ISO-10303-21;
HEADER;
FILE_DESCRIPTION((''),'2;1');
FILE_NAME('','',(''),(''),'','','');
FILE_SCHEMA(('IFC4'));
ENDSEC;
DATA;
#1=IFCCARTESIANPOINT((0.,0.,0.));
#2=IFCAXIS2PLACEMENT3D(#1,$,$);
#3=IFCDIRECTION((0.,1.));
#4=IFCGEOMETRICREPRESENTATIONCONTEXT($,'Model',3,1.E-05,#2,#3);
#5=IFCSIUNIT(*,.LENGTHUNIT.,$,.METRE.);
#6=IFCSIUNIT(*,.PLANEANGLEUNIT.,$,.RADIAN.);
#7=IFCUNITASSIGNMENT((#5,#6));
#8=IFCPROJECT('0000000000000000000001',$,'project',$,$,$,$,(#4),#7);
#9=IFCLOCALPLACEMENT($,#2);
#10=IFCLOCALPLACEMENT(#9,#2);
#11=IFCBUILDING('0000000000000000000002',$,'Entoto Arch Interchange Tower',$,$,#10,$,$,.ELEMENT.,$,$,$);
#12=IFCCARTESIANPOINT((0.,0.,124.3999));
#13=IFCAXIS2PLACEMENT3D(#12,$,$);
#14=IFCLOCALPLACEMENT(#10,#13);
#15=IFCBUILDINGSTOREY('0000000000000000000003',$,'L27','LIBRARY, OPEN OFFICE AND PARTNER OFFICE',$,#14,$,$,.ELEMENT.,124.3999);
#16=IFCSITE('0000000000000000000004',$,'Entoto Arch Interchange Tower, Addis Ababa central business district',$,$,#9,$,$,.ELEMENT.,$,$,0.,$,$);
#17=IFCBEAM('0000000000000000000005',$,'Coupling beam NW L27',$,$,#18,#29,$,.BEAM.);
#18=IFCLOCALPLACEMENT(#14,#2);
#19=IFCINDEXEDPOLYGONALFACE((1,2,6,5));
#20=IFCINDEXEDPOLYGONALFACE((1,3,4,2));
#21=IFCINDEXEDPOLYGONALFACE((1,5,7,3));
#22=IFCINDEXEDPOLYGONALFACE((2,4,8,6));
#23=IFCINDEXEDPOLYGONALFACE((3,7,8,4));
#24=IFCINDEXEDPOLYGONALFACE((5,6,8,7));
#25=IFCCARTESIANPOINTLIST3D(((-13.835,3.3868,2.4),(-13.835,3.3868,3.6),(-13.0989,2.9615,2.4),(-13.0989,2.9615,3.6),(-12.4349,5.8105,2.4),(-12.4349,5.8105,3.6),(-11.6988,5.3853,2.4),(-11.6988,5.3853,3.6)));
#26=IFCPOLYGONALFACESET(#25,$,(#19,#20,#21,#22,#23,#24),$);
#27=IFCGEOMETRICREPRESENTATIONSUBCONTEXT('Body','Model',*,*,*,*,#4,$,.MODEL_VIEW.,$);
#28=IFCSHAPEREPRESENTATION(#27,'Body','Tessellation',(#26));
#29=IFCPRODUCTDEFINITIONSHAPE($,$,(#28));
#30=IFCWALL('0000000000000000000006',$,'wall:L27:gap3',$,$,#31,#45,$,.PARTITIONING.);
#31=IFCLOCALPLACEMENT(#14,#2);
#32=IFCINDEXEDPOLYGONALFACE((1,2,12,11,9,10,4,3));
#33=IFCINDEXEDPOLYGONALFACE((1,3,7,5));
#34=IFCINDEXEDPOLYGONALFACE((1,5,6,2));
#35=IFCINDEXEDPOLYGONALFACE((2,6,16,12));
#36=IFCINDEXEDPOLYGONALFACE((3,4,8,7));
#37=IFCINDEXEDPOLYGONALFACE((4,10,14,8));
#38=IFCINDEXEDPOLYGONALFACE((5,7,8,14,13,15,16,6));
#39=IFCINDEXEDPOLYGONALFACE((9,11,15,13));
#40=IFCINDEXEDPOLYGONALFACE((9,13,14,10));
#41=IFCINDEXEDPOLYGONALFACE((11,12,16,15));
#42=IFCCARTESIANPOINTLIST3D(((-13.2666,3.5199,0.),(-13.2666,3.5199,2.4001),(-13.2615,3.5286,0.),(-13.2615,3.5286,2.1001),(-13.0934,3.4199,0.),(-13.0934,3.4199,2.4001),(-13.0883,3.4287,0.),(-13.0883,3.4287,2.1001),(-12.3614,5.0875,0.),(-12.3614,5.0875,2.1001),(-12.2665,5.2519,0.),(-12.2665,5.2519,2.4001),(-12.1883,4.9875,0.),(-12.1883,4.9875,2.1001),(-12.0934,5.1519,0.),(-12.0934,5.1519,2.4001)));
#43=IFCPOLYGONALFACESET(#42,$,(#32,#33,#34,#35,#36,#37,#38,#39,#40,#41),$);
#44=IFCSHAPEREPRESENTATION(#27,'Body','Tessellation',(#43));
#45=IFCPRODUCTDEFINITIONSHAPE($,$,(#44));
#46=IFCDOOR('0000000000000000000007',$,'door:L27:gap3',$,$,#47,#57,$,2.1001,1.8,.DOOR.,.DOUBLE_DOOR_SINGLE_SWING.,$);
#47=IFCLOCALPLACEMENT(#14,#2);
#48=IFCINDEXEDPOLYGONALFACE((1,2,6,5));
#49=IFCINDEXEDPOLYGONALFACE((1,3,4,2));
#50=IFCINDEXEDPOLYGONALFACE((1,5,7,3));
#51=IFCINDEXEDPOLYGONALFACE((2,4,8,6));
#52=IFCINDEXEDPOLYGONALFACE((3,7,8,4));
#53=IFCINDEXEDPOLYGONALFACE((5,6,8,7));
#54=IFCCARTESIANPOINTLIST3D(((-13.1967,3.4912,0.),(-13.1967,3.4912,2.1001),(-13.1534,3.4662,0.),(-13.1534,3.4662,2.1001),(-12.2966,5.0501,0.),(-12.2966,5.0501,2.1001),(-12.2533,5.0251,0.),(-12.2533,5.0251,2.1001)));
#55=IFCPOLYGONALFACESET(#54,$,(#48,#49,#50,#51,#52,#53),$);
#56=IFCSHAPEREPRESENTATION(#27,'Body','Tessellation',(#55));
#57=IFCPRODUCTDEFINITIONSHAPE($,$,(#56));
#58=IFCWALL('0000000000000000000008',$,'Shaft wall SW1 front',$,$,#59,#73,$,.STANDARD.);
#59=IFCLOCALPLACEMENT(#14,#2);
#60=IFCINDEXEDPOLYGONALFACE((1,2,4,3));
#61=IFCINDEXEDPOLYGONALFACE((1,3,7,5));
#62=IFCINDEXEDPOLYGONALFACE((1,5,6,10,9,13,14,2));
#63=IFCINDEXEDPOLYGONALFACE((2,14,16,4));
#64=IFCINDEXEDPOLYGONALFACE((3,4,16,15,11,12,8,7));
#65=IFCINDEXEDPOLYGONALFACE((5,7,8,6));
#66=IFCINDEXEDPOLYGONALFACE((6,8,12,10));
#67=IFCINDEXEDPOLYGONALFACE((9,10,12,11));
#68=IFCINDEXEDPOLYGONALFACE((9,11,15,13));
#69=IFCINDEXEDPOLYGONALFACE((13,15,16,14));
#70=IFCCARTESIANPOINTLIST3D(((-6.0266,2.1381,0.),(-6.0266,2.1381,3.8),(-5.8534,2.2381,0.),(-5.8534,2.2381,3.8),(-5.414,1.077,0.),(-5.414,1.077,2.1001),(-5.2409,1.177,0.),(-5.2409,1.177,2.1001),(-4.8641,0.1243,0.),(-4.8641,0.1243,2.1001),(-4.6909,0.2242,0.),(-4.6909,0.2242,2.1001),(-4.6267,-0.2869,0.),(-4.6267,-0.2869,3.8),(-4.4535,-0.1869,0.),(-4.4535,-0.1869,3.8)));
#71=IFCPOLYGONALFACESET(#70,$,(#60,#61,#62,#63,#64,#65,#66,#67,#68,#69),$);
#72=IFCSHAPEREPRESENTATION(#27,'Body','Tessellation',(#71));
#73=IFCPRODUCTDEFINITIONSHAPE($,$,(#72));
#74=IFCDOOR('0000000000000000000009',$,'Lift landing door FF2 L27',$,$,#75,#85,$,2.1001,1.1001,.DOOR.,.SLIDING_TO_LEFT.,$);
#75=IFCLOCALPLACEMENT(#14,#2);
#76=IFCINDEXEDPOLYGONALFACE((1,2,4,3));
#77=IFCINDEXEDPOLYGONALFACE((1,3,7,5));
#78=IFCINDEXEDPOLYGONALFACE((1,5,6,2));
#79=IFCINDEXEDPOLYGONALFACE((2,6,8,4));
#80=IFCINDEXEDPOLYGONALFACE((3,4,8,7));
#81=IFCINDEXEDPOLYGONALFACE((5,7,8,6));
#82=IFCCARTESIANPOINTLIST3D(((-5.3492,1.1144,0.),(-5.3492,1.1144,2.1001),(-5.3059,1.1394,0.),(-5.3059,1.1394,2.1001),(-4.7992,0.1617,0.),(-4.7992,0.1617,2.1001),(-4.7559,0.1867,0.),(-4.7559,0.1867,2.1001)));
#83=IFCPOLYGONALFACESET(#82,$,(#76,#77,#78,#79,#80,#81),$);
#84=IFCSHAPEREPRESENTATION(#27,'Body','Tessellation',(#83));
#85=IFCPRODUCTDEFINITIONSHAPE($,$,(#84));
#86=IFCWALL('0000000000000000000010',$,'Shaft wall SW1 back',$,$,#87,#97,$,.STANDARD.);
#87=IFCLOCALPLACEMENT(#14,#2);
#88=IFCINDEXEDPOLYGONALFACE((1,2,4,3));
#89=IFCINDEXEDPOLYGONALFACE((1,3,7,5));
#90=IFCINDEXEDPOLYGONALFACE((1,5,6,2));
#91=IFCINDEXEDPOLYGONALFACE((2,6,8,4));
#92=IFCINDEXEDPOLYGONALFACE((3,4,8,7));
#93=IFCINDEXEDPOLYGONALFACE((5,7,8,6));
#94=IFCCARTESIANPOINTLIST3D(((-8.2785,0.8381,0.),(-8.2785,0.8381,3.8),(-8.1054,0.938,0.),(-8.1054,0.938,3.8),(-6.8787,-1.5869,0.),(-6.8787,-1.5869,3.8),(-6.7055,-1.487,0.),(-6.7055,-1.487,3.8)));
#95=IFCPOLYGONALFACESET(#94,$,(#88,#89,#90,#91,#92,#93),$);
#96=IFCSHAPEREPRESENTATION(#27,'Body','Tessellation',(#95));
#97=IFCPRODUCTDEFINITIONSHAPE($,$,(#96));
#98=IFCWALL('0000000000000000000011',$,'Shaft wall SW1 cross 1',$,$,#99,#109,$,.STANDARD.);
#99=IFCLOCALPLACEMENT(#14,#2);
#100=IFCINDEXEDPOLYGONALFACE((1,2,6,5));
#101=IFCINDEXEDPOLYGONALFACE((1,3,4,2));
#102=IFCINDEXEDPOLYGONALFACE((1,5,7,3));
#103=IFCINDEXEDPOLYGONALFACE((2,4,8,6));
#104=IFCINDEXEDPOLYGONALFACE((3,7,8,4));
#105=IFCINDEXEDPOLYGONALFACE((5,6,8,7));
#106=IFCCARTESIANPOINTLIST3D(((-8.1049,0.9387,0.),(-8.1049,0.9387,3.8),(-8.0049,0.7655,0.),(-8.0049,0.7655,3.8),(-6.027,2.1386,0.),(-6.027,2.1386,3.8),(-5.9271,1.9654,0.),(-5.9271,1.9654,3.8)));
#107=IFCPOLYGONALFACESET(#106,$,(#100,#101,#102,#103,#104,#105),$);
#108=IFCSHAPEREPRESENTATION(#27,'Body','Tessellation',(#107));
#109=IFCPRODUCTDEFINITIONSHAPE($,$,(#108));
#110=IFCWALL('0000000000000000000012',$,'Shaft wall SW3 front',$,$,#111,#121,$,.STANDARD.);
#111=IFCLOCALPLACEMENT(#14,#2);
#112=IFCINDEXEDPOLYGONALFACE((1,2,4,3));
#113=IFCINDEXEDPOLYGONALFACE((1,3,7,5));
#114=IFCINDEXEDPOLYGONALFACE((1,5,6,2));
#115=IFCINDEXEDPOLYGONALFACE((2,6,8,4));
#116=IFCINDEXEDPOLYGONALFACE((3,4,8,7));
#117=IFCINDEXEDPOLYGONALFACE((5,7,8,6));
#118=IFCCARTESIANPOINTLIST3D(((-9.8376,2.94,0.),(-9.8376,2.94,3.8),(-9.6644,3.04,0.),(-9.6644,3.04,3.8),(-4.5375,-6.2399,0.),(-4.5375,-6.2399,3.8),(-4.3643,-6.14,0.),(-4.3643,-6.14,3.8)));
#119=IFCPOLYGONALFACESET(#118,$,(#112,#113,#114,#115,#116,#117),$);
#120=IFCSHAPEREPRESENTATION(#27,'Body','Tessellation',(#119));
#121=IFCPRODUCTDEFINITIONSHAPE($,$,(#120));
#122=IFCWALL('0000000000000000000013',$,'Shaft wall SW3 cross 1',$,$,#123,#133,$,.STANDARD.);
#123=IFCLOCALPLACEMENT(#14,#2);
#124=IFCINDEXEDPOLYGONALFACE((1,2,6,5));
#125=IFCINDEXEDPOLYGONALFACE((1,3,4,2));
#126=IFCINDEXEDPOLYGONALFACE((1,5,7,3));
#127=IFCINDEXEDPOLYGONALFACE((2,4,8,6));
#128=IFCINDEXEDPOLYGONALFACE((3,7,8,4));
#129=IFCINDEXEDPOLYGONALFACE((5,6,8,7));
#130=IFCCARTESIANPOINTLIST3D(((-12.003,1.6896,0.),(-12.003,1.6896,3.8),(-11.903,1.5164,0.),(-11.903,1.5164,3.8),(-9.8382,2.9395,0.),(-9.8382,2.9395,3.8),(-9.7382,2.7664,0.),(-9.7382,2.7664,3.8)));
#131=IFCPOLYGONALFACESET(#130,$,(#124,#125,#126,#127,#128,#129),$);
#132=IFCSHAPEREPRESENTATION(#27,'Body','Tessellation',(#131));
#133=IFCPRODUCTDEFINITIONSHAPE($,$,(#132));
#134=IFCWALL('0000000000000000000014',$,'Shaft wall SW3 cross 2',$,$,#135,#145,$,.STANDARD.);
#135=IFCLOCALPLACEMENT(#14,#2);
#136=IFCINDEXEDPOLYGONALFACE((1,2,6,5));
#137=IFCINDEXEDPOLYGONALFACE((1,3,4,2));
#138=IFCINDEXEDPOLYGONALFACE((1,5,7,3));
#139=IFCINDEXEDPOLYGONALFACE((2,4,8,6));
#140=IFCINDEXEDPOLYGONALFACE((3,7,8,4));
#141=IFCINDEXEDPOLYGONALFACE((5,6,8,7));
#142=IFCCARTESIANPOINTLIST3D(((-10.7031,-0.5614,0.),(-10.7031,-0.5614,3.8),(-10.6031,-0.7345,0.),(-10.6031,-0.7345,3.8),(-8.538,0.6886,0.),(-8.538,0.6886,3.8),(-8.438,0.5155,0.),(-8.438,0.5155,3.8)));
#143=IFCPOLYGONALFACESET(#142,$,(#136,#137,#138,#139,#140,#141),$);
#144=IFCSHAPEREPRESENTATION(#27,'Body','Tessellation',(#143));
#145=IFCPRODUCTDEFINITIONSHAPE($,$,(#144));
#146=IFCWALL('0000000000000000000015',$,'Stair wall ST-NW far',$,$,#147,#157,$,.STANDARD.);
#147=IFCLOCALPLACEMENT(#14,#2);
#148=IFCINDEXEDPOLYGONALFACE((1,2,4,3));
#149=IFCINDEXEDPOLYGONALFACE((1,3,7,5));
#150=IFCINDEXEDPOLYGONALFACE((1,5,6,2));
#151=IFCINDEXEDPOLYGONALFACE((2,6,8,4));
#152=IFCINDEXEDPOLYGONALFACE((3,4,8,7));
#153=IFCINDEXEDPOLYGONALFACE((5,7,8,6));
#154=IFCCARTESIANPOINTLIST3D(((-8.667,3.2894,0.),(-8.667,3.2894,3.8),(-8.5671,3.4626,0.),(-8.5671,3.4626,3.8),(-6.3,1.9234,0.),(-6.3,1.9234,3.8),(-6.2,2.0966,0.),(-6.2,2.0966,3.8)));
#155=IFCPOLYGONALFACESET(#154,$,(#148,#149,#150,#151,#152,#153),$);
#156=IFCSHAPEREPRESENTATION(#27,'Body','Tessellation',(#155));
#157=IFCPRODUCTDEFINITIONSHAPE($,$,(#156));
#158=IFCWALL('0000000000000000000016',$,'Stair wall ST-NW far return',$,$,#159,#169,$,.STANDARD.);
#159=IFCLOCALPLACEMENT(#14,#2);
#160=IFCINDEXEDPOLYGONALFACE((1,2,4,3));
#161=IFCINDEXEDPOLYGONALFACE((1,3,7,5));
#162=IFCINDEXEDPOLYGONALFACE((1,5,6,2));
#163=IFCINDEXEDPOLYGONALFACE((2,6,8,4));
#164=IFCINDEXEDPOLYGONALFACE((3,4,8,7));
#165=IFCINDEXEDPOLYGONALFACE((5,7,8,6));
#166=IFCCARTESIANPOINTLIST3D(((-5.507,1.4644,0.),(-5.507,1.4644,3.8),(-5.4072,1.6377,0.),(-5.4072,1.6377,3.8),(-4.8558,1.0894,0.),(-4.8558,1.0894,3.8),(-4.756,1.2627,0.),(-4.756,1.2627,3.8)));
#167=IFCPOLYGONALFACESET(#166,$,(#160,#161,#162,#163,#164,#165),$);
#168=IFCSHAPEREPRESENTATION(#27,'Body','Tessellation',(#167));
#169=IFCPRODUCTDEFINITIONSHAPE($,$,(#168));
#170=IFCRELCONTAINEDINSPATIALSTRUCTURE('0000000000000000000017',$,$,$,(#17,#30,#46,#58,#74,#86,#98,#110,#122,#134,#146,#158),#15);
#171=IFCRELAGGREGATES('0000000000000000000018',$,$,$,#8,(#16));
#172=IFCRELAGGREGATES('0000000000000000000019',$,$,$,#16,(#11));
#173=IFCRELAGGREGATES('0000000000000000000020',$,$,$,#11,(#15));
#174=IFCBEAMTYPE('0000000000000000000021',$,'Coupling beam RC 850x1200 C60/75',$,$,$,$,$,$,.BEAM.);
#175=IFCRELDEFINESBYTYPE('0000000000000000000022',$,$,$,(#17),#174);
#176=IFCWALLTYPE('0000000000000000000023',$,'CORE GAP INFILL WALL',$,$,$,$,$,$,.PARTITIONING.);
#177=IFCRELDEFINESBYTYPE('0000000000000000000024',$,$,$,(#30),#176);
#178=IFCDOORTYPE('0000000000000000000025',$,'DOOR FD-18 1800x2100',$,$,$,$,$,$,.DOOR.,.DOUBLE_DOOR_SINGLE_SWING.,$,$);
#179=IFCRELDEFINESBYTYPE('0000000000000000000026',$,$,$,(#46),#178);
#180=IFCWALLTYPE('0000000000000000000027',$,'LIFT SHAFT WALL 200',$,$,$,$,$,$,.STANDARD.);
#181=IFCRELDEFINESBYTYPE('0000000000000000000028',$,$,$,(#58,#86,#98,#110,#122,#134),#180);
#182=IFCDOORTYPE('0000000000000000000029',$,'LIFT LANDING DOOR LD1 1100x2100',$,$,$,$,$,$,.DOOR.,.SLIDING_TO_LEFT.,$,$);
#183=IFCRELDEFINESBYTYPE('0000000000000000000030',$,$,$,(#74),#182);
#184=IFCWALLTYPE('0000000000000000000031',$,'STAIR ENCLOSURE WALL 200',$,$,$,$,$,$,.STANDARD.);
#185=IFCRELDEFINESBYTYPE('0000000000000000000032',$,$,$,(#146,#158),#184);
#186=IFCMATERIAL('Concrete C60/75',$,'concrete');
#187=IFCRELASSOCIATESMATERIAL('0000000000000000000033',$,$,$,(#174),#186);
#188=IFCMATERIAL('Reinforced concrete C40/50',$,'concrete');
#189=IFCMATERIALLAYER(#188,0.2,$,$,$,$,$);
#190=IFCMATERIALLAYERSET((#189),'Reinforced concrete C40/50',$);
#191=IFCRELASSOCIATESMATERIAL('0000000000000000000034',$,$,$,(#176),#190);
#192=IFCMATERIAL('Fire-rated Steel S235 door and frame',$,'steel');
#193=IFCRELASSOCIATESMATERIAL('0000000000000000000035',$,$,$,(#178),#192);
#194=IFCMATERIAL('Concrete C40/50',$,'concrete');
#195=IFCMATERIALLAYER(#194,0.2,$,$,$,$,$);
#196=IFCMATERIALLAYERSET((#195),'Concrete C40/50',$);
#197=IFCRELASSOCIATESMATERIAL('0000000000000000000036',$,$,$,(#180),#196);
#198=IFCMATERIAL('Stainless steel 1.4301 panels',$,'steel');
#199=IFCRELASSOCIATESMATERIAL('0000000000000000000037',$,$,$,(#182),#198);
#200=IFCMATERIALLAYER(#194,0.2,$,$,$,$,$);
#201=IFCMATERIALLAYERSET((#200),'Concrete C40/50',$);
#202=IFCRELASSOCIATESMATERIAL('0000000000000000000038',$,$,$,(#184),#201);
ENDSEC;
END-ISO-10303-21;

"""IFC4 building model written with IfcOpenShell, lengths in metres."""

from ifc_helpers import new_model, si_unit, direction, frame, frame_2d, origin, origin_2d, place, context, subcontext, project, spatial, rectangle, extrude, material, layer, layer_set, material_profile, profile_set, type_object, element, fill, save


model = new_model("IFC4")

# Units and contexts
model_context = context("Model", 3, precision=1e-05, world=origin(), true_north=direction((0.0, 1.0)))
body_context = subcontext(model_context, "Body", "Model", "MODEL_VIEW")
ifc_project = project(units=[si_unit("LENGTHUNIT", "METRE"), si_unit("PLANEANGLEUNIT", "RADIAN")], contexts=[model_context])

# Site, building, storey
site_placement = place(None, origin())
site = spatial("IfcSite", under=ifc_project, at=site_placement, Name="Entoto Arch Interchange Tower, Addis Ababa central business district", CompositionType="ELEMENT", RefElevation=0.0)
building_placement = place(site_placement, origin())
building = spatial("IfcBuilding", under=site, at=building_placement, Name="Entoto Arch Interchange Tower", CompositionType="ELEMENT")
storey_placement = place(building_placement, frame((0.0, 0.0, 124.3999)))
storey = spatial("IfcBuildingStorey", under=building, at=storey_placement, Name="L27", Description="LIBRARY, OPEN OFFICE AND PARTNER OFFICE", CompositionType="ELEMENT", Elevation=124.3999)

# Beam
ifc_material_1 = material(Name="Concrete C60/75", Category="concrete")
ifc_material_profile = material_profile(ifc_material_1, rectangle(XDim=0.8501, YDim=1.2, at=origin_2d()))
ifc_profile_set = profile_set([ifc_material_profile], Name="Concrete C60/75")
beam_type = type_object("IfcBeamType", Name="Coupling beam RC 850x1200 C60/75", PredefinedType="BEAM", material=ifc_profile_set)
beam_placement = place(storey_placement, frame((-12.0669, 5.5979, 3.0), z_axis=(-0.500201, -0.86591, 0.0), x_axis=(0.86591, -0.500201, 0.0)))
element("IfcBeam", 1, at=beam_placement, inside=storey, type_object=beam_type, Name="Coupling beam NW L27", PredefinedType="BEAM", context=body_context, shape_type="SweptSolid", body=[
    extrude(rectangle(XDim=0.8501, YDim=1.2, at=origin_2d()), origin(), (0.0, 0.0, 1.0), 2.7991),
])

# Walls, openings, doors
ifc_material_2 = material(Name="Reinforced concrete C40/50", Category="concrete")
ifc_layer_1 = layer(ifc_material_2, 0.2)
ifc_layer_set_1 = layer_set([ifc_layer_1], Name="Reinforced concrete C40/50")
wall_type_1 = type_object("IfcWallType", Name="CORE GAP INFILL WALL", PredefinedType="PARTITIONING", material=ifc_layer_set_1)
wall_1_placement = place(storey_placement, frame((-12.1799, 5.2019, 0.0), z_axis=(0.0, 0.0, 1.0), x_axis=(-0.500025, -0.866011, 0.0)))
wall_1 = element("IfcWall", 2, at=wall_1_placement, inside=storey, type_object=wall_type_1, Name="wall:L27:gap3", PredefinedType="PARTITIONING", context=body_context, shape_type="SweptSolid", body=[
    extrude(rectangle(XDim=2.0, YDim=0.2, at=frame_2d((1.0, 0.0))), origin(), (0.0, 0.0, 1.0), 2.4001),
])
opening_1_placement = place(wall_1_placement, frame((0.1899, 0.0, 0.0)))
opening_1 = element("IfcOpeningElement", 3, at=opening_1_placement, cuts=wall_1, PredefinedType="OPENING", context=body_context, shape_type="SweptSolid", body=[
    extrude(rectangle(XDim=1.8, YDim=2.1001, at=frame_2d((0.8999, 1.05))), frame((0.0, 0.1099, 0.0), z_axis=(0.0, -1.0, 0.0), x_axis=(1.0, 0.0, 0.0)), (0.0, 0.0, 1.0), 0.22),
])
ifc_material_3 = material(Name="Fire-rated Steel S235 door and frame", Category="steel")
door_type_1 = type_object("IfcDoorType", Name="DOOR FD-18 1800x2100", OperationType="DOUBLE_DOOR_SINGLE_SWING", PredefinedType="DOOR", material=ifc_material_3)
door_1_placement = place(opening_1_placement, origin())
door_1 = element("IfcDoor", 4, at=door_1_placement, inside=storey, type_object=door_type_1, Name="door:L27:gap3", OperationType="DOUBLE_DOOR_SINGLE_SWING", OverallHeight=2.1001, OverallWidth=1.8, PredefinedType="DOOR", context=body_context, shape_type="SweptSolid", body=[
    extrude(rectangle(XDim=1.8, YDim=2.1001, at=frame_2d((0.8999, 1.05))), frame((0.0, 0.0249, 0.0), z_axis=(0.0, -1.0, 0.0), x_axis=(1.0, 0.0, 0.0)), (0.0, 0.0, 1.0), 0.05),
])
fill(opening_1, door_1)
ifc_material_4 = material(Name="Concrete C40/50", Category="concrete")
ifc_layer_2 = layer(ifc_material_4, 0.2)
ifc_layer_set_2 = layer_set([ifc_layer_2], Name="Concrete C40/50")
wall_type_2 = type_object("IfcWallType", Name="LIFT SHAFT WALL 200", PredefinedType="STANDARD", material=ifc_layer_set_2)
wall_2_placement = place(storey_placement, frame((-5.9399, 2.188, 0.0), z_axis=(0.0, 0.0, 1.0), x_axis=(0.499946, -0.866056, 0.0)))
wall_2 = element("IfcWall", 5, at=wall_2_placement, inside=storey, type_object=wall_type_2, Name="Shaft wall SW1 front", PredefinedType="STANDARD", context=body_context, shape_type="SweptSolid", body=[
    extrude(rectangle(XDim=2.8, YDim=0.2, at=frame_2d((1.3999, 0.0))), origin(), (0.0, 0.0, 1.0), 3.8),
])
opening_2_placement = place(wall_2_placement, frame((1.2251, 0.0, 0.0)))
opening_2 = element("IfcOpeningElement", 6, at=opening_2_placement, cuts=wall_2, PredefinedType="OPENING", context=body_context, shape_type="SweptSolid", body=[
    extrude(rectangle(XDim=1.1001, YDim=2.1001, at=frame_2d((0.55, 1.05))), frame((0.0, 0.1099, 0.0), z_axis=(0.0, -1.0, 0.0), x_axis=(1.0, 0.0, 0.0)), (0.0, 0.0, 1.0), 0.22),
])
ifc_material_5 = material(Name="Stainless steel 1.4301 panels", Category="steel")
door_type_2 = type_object("IfcDoorType", Name="LIFT LANDING DOOR LD1 1100x2100", OperationType="SLIDING_TO_LEFT", PredefinedType="DOOR", material=ifc_material_5)
door_2_placement = place(opening_2_placement, origin())
door_2 = element("IfcDoor", 7, at=door_2_placement, inside=storey, type_object=door_type_2, Name="Lift landing door FF2 L27", OperationType="SLIDING_TO_LEFT", OverallHeight=2.1001, OverallWidth=1.1001, PredefinedType="DOOR", context=body_context, shape_type="SweptSolid", body=[
    extrude(rectangle(XDim=1.1001, YDim=2.1001, at=frame_2d((0.55, 1.05))), frame((0.0, 0.0249, 0.0), z_axis=(0.0, -1.0, 0.0), x_axis=(1.0, 0.0, 0.0)), (0.0, 0.0, 1.0), 0.05),
])
fill(opening_2, door_2)

# Walls
wall_3_placement = place(storey_placement, frame((-8.1919, 0.8879, 0.0), z_axis=(0.0, 0.0, 1.0), x_axis=(0.499946, -0.866056, 0.0)))
element("IfcWall", 8, at=wall_3_placement, inside=storey, type_object=wall_type_2, Name="Shaft wall SW1 back", PredefinedType="STANDARD", context=body_context, shape_type="SweptSolid", body=[
    extrude(rectangle(XDim=2.8, YDim=0.2, at=frame_2d((1.3999, 0.0))), origin(), (0.0, 0.0, 1.0), 3.8),
])
wall_4_placement = place(storey_placement, frame((-5.9771, 2.052, 0.0), z_axis=(0.0, 0.0, 1.0), x_axis=(-0.865974, -0.500089, 0.0)))
element("IfcWall", 9, at=wall_4_placement, inside=storey, type_object=wall_type_2, Name="Shaft wall SW1 cross 1", PredefinedType="STANDARD", context=body_context, shape_type="SweptSolid", body=[
    extrude(rectangle(XDim=2.3994, YDim=0.2, at=frame_2d((1.1997, 0.0))), origin(), (0.0, 0.0, 1.0), 3.8),
])
wall_5_placement = place(storey_placement, frame((-9.751, 2.99, 0.0), z_axis=(0.0, 0.0, 1.0), x_axis=(0.500001, -0.866025, 0.0)))
element("IfcWall", 10, at=wall_5_placement, inside=storey, type_object=wall_type_2, Name="Shaft wall SW3 front", PredefinedType="STANDARD", context=body_context, shape_type="SweptSolid", body=[
    extrude(rectangle(XDim=10.6001, YDim=0.2, at=frame_2d((5.3, 0.0))), origin(), (0.0, 0.0, 1.0), 3.8),
])
wall_6_placement = place(storey_placement, frame((-9.7881, 2.853, 0.0), z_axis=(0.0, 0.0, 1.0), x_axis=(-0.865999, -0.500047, 0.0)))
element("IfcWall", 11, at=wall_6_placement, inside=storey, type_object=wall_type_2, Name="Shaft wall SW3 cross 1", PredefinedType="STANDARD", context=body_context, shape_type="SweptSolid", body=[
    extrude(rectangle(XDim=2.4998, YDim=0.2, at=frame_2d((1.25, 0.0))), origin(), (0.0, 0.0, 1.0), 3.8),
])
wall_7_placement = place(storey_placement, frame((-8.488, 0.6021, 0.0), z_axis=(0.0, 0.0, 1.0), x_axis=(-0.866023, -0.500004, 0.0)))
element("IfcWall", 12, at=wall_7_placement, inside=storey, type_object=wall_type_2, Name="Shaft wall SW3 cross 2", PredefinedType="STANDARD", context=body_context, shape_type="SweptSolid", body=[
    extrude(rectangle(XDim=2.5, YDim=0.2, at=frame_2d((1.25, 0.0))), origin(), (0.0, 0.0, 1.0), 3.8),
])
ifc_layer_3 = layer(ifc_material_4, 0.2)
ifc_layer_set_3 = layer_set([ifc_layer_3], Name="Concrete C40/50")
wall_type_3 = type_object("IfcWallType", Name="STAIR ENCLOSURE WALL 200", PredefinedType="STANDARD", material=ifc_layer_set_3)
wall_8_placement = place(storey_placement, frame((-6.25, 2.01, 0.0), z_axis=(0.0, 0.0, 1.0), x_axis=(-0.866119, 0.499838, 0.0)))
element("IfcWall", 13, at=wall_8_placement, inside=storey, type_object=wall_type_3, Name="Stair wall ST-NW far", PredefinedType="STANDARD", context=body_context, shape_type="SweptSolid", body=[
    extrude(rectangle(XDim=2.7329, YDim=0.2, at=frame_2d((1.3665, 0.0))), origin(), (0.0, 0.0, 1.0), 3.8),
])
wall_9_placement = place(storey_placement, frame((-4.8059, 1.176, 0.0), z_axis=(0.0, 0.0, 1.0), x_axis=(-0.866559, 0.499075, 0.0)))
element("IfcWall", 14, at=wall_9_placement, inside=storey, type_object=wall_type_3, Name="Stair wall ST-NW far return", PredefinedType="STANDARD", context=body_context, shape_type="SweptSolid", body=[
    extrude(rectangle(XDim=0.7515, YDim=0.2, at=frame_2d((0.3757, 0.0))), origin(), (0.0, 0.0, 1.0), 3.8),
])

save(model, "model.ifc")
